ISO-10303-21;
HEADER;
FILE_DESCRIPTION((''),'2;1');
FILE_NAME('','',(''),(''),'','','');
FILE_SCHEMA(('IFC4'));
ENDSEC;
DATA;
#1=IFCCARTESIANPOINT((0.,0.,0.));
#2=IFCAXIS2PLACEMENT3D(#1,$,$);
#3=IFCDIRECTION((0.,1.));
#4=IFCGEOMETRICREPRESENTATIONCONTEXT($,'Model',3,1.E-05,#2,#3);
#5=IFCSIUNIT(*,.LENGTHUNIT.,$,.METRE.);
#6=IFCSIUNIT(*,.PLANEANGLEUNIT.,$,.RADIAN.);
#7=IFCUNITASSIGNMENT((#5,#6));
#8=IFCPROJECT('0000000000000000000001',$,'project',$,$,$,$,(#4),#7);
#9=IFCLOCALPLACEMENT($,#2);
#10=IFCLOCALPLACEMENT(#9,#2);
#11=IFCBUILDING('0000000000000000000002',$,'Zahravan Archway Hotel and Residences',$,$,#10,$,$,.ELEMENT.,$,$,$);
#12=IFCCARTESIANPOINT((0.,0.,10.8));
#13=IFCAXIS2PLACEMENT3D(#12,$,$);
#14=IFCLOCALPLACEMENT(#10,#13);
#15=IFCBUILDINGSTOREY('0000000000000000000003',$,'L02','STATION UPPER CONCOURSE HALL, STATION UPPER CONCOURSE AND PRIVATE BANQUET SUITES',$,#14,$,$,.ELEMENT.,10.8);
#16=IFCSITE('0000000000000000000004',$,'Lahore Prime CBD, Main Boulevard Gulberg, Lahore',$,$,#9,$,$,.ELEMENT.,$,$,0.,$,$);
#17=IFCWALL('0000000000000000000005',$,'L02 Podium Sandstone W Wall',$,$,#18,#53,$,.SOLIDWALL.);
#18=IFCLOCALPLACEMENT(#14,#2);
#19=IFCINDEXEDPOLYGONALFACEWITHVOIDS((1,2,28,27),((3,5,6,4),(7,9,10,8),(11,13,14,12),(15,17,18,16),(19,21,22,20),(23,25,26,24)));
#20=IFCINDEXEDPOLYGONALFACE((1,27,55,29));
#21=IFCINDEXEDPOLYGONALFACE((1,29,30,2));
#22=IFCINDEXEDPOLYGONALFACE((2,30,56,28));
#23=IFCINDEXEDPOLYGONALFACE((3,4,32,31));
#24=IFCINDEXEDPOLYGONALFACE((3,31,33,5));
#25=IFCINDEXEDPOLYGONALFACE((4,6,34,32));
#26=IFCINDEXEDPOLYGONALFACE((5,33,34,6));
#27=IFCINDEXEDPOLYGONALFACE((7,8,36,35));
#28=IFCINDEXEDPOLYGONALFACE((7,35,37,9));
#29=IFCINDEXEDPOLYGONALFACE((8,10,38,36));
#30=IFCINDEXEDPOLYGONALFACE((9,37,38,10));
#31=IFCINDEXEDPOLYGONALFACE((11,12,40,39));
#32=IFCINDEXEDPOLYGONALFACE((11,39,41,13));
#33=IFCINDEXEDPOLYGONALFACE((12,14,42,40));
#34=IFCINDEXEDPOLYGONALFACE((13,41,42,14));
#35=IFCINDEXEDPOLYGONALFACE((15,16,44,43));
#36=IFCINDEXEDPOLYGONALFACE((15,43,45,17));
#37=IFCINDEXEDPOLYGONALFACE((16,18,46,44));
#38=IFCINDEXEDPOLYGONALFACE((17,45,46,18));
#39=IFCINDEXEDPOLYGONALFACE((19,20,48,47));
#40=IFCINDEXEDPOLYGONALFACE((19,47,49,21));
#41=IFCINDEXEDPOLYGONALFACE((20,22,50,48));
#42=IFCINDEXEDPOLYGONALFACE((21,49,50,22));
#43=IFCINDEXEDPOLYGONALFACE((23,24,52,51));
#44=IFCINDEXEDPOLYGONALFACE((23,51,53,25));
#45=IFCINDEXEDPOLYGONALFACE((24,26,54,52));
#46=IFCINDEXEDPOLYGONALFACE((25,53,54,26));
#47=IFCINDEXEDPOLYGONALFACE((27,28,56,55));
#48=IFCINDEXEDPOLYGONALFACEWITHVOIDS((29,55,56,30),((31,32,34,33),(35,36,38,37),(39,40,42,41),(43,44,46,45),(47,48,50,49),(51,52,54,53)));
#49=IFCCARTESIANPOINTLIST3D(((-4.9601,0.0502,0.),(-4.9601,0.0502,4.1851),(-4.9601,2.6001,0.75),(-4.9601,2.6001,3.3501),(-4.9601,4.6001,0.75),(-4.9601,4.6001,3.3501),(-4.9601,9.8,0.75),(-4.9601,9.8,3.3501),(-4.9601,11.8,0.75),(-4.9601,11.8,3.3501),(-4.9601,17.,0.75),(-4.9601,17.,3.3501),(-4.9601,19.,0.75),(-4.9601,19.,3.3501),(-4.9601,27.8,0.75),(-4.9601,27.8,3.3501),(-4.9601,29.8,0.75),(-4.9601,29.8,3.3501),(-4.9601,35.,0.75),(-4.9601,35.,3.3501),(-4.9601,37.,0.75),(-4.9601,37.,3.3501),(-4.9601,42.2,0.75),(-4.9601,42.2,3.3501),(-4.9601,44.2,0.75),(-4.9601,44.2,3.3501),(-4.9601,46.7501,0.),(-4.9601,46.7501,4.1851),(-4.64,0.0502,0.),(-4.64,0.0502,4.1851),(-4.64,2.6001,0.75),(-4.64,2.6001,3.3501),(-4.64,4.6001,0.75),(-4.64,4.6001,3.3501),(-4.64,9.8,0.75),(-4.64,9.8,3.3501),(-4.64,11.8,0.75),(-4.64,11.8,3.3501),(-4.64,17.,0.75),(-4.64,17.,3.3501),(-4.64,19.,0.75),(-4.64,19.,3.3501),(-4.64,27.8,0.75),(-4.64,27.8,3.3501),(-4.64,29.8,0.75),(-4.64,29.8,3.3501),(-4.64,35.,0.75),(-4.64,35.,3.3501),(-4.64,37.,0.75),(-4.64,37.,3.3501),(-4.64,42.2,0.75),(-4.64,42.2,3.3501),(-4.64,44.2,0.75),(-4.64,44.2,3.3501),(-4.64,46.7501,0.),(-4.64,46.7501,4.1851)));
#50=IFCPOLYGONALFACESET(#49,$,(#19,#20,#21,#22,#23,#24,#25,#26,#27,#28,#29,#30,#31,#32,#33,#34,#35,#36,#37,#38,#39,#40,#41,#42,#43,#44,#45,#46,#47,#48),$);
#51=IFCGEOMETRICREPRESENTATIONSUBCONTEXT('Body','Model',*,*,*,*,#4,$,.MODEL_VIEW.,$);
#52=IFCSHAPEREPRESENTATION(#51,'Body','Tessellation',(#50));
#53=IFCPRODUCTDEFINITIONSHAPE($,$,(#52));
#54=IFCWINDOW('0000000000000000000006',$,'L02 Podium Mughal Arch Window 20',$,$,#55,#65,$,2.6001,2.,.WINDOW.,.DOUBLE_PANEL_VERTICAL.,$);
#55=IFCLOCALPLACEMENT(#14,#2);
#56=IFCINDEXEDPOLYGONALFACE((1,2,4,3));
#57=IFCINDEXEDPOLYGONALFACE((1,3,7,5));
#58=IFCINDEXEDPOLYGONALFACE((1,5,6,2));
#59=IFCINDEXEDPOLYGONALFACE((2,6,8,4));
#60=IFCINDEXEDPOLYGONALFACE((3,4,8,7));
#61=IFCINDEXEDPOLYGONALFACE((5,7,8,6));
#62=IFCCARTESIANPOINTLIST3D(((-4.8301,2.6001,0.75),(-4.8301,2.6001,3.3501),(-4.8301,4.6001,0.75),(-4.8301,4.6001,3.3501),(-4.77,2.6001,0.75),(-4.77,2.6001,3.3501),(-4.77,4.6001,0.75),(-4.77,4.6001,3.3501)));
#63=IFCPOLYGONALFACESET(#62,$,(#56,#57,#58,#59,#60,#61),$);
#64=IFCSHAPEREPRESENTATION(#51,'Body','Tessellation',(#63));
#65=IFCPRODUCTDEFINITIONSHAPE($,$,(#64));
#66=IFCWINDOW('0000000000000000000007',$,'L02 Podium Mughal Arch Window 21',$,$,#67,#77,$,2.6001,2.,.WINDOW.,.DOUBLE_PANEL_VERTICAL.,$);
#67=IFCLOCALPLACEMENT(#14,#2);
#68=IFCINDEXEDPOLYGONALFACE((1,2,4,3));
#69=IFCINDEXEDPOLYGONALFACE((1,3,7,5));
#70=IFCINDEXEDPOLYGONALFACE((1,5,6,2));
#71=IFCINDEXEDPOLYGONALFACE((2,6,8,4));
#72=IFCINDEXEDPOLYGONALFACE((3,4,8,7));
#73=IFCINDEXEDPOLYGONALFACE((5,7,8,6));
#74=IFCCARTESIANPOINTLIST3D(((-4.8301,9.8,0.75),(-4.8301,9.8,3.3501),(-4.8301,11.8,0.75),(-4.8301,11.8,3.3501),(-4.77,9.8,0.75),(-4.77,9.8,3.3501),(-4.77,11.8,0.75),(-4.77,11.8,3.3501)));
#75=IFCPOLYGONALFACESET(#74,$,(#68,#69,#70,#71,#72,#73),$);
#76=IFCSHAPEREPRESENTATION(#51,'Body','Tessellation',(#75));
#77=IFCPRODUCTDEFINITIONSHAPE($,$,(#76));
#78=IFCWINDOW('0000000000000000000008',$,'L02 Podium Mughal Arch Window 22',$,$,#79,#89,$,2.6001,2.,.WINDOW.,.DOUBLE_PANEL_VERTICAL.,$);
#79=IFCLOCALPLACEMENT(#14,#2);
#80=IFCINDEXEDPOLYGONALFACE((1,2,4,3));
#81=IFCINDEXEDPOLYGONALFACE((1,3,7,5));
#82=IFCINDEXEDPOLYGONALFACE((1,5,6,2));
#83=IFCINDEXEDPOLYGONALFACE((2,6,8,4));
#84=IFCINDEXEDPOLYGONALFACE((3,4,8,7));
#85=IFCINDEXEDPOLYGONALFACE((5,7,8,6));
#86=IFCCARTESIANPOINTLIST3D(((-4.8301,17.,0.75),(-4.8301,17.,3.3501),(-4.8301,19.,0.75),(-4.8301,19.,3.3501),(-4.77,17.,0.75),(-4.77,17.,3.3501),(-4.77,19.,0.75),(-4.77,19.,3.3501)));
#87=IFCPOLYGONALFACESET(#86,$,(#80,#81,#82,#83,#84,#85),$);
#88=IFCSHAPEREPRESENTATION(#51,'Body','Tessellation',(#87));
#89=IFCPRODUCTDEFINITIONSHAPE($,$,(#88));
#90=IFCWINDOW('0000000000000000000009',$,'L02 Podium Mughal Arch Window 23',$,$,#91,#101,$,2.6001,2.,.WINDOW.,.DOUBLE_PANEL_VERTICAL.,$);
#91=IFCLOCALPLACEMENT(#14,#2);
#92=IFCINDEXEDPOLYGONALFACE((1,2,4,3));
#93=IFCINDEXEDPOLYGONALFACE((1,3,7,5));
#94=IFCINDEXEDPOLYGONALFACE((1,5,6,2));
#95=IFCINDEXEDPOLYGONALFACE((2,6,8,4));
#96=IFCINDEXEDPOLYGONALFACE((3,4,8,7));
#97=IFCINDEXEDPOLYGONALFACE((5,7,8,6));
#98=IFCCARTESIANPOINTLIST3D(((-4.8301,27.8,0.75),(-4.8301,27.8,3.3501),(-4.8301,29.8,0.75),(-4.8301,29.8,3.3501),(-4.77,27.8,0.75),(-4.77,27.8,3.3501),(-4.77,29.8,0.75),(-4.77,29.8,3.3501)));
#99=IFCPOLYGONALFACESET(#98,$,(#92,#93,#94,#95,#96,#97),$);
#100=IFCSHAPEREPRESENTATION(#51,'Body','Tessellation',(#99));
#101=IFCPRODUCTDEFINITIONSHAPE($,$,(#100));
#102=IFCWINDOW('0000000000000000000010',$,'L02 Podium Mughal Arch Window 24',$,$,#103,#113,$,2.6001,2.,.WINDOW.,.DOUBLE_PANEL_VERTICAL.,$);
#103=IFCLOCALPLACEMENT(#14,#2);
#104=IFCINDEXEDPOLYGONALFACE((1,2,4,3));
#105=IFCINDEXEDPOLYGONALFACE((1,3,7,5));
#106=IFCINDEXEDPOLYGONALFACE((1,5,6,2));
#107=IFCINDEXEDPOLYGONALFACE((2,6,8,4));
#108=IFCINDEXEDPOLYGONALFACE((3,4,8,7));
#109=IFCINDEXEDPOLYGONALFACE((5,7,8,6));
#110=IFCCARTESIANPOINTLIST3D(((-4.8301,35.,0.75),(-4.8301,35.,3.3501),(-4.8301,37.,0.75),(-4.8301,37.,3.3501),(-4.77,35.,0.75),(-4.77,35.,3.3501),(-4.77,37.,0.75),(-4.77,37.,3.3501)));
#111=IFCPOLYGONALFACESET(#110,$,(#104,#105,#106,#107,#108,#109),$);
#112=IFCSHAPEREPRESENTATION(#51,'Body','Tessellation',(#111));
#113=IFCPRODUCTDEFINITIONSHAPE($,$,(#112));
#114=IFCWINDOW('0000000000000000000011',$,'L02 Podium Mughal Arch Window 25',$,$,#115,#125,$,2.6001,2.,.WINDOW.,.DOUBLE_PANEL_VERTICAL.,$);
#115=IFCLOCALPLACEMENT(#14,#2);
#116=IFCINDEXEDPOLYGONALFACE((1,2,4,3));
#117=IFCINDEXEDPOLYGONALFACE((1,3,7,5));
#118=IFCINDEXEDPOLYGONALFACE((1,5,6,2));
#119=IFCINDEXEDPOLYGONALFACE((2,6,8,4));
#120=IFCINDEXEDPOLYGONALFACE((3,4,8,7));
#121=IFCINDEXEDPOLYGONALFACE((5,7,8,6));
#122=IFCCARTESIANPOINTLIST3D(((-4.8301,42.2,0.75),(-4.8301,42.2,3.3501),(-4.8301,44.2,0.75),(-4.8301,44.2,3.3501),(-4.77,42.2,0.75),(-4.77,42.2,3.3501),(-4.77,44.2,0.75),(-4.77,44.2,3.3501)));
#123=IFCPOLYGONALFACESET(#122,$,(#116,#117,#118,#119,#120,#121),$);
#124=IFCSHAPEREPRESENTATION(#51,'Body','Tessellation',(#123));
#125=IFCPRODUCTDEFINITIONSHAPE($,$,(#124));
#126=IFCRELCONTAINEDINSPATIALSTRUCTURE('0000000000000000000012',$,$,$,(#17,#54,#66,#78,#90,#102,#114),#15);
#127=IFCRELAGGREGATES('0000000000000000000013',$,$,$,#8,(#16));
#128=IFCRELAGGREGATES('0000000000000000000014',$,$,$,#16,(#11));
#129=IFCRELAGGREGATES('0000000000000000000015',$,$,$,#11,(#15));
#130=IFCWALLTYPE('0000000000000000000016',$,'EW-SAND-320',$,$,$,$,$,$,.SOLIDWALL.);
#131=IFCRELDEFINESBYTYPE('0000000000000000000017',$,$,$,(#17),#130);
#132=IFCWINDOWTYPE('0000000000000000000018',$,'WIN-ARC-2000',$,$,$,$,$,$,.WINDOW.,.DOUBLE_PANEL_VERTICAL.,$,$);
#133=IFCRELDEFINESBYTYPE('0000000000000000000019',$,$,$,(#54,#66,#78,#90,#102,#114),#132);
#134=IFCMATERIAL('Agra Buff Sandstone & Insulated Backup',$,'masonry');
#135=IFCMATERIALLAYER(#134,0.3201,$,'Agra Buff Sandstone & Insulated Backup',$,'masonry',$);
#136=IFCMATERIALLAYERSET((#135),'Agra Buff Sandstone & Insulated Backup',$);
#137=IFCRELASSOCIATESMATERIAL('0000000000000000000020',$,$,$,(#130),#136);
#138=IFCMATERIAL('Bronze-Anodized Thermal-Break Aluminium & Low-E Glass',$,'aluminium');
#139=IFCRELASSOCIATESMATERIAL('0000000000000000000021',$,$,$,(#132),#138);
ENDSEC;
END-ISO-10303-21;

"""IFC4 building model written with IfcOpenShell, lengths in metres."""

from ifc_helpers import new_model, si_unit, direction, frame, frame_2d, origin, place, context, subcontext, project, spatial, rectangle, extrude, source, transform, mapped, material, layer, layer_set, type_object, type_shapes, element, fill, save


model = new_model("IFC4")

# Units and contexts
model_context = context("Model", 3, precision=1e-05, world=origin(), true_north=direction((0.0, 1.0)))
body_context = subcontext(model_context, "Body", "Model", "MODEL_VIEW")
ifc_project = project(units=[si_unit("LENGTHUNIT", "METRE"), si_unit("PLANEANGLEUNIT", "RADIAN")], contexts=[model_context])

# Site, building, storey
site_placement = place(None, origin())
site = spatial("IfcSite", under=ifc_project, at=site_placement, Name="Lahore Prime CBD, Main Boulevard Gulberg, Lahore", CompositionType="ELEMENT", RefElevation=0.0)
building_placement = place(site_placement, origin())
building = spatial("IfcBuilding", under=site, at=building_placement, Name="Zahravan Archway Hotel and Residences", CompositionType="ELEMENT")
storey_placement = place(building_placement, frame((0.0, 0.0, 10.8)))
storey = spatial("IfcBuildingStorey", under=building, at=storey_placement, Name="L02", Description="STATION UPPER CONCOURSE HALL, STATION UPPER CONCOURSE AND PRIVATE BANQUET SUITES", CompositionType="ELEMENT", Elevation=10.8)

# Wall, openings, windows
ifc_material_1 = material(Name="Agra Buff Sandstone & Insulated Backup", Category="masonry")
ifc_layer_1 = layer(ifc_material_1, 0.3201, Name="Agra Buff Sandstone & Insulated Backup", Category="masonry")
ifc_layer_set_1 = layer_set([ifc_layer_1], Name="Agra Buff Sandstone & Insulated Backup")
wall_type = type_object("IfcWallType", Name="EW-SAND-320", PredefinedType="SOLIDWALL", material=ifc_layer_set_1)
ifc_material_2 = material(Name="Bronze-Anodized Thermal-Break Aluminium & Low-E Glass", Category="aluminium")
window_type = type_object("IfcWindowType", Name="WIN-ARC-2000", PartitioningType="DOUBLE_PANEL_VERTICAL", PredefinedType="WINDOW", material=ifc_material_2)
shared_shape_1 = source(origin(), body_context, "Body", "SweptSolid", [
    extrude(rectangle(XDim=2.0, YDim=2.6001, at=frame_2d((1.0, 1.3))), frame((0.0, 0.03, 0.0), z_axis=(0.0, -1.0, 0.0), x_axis=(1.0, 0.0, 0.0)), (0.0, 0.0, 1.0), 0.0601),
])
type_shapes(window_type, [shared_shape_1])
wall_1_placement = place(storey_placement, frame((-4.8, 0.05, 0.0), z_axis=(0.0, 0.0, 1.0), x_axis=(0.0, 1.0, 0.0)))
wall_1 = element("IfcWall", 1, at=wall_1_placement, inside=storey, type_object=wall_type, Name="L02 Podium Sandstone W Wall", PredefinedType="SOLIDWALL", context=body_context, shape_type="SweptSolid", body=[
    extrude(rectangle(XDim=46.7, YDim=0.3201, at=frame_2d((23.3501, 0.0))), origin(), (0.0, 0.0, 1.0), 4.1851),
])
opening_1_placement = place(wall_1_placement, frame((2.55, 0.0, 0.75)))
opening_1 = element("IfcOpeningElement", 2, at=opening_1_placement, cuts=wall_1, PredefinedType="OPENING", context=body_context, shape_type="SweptSolid", body=[
    extrude(rectangle(XDim=2.0, YDim=2.6001, at=frame_2d((1.0, 1.3))), frame((0.0, 0.1699, 0.0), z_axis=(0.0, -1.0, 0.0), x_axis=(1.0, 0.0, 0.0)), (0.0, 0.0, 1.0), 0.3401),
])
opening_2_placement = place(wall_1_placement, frame((9.75, 0.0, 0.75)))
opening_2 = element("IfcOpeningElement", 3, at=opening_2_placement, cuts=wall_1, PredefinedType="OPENING", context=body_context, shape_type="SweptSolid", body=[
    extrude(rectangle(XDim=2.0, YDim=2.6001, at=frame_2d((1.0, 1.3))), frame((0.0, 0.1699, 0.0), z_axis=(0.0, -1.0, 0.0), x_axis=(1.0, 0.0, 0.0)), (0.0, 0.0, 1.0), 0.3401),
])
opening_3_placement = place(wall_1_placement, frame((16.95, 0.0, 0.75)))
opening_3 = element("IfcOpeningElement", 4, at=opening_3_placement, cuts=wall_1, PredefinedType="OPENING", context=body_context, shape_type="SweptSolid", body=[
    extrude(rectangle(XDim=2.0, YDim=2.6001, at=frame_2d((1.0, 1.3))), frame((0.0, 0.1699, 0.0), z_axis=(0.0, -1.0, 0.0), x_axis=(1.0, 0.0, 0.0)), (0.0, 0.0, 1.0), 0.3401),
])
opening_4_placement = place(wall_1_placement, frame((27.75, 0.0, 0.75)))
opening_4 = element("IfcOpeningElement", 5, at=opening_4_placement, cuts=wall_1, PredefinedType="OPENING", context=body_context, shape_type="SweptSolid", body=[
    extrude(rectangle(XDim=2.0, YDim=2.6001, at=frame_2d((1.0, 1.3))), frame((0.0, 0.1699, 0.0), z_axis=(0.0, -1.0, 0.0), x_axis=(1.0, 0.0, 0.0)), (0.0, 0.0, 1.0), 0.3401),
])
opening_5_placement = place(wall_1_placement, frame((34.95, 0.0, 0.75)))
opening_5 = element("IfcOpeningElement", 6, at=opening_5_placement, cuts=wall_1, PredefinedType="OPENING", context=body_context, shape_type="SweptSolid", body=[
    extrude(rectangle(XDim=2.0, YDim=2.6001, at=frame_2d((1.0, 1.3))), frame((0.0, 0.1699, 0.0), z_axis=(0.0, -1.0, 0.0), x_axis=(1.0, 0.0, 0.0)), (0.0, 0.0, 1.0), 0.3401),
])
opening_6_placement = place(wall_1_placement, frame((42.1499, 0.0, 0.75)))
opening_6 = element("IfcOpeningElement", 7, at=opening_6_placement, cuts=wall_1, PredefinedType="OPENING", context=body_context, shape_type="SweptSolid", body=[
    extrude(rectangle(XDim=2.0, YDim=2.6001, at=frame_2d((1.0, 1.3))), frame((0.0, 0.1699, 0.0), z_axis=(0.0, -1.0, 0.0), x_axis=(1.0, 0.0, 0.0)), (0.0, 0.0, 1.0), 0.3401),
])
window_1_placement = place(opening_1_placement, origin())
window_1 = element("IfcWindow", 8, at=window_1_placement, inside=storey, type_object=window_type, Name="L02 Podium Mughal Arch Window 20", OverallHeight=2.6001, OverallWidth=2.0, PartitioningType="DOUBLE_PANEL_VERTICAL", PredefinedType="WINDOW", context=body_context, shape_type="MappedRepresentation", body=[
    mapped(shared_shape_1, transform((0.0, 0.0, 0.0), scale=1.0)),
])
fill(opening_1, window_1)
window_2_placement = place(opening_2_placement, origin())
window_2 = element("IfcWindow", 9, at=window_2_placement, inside=storey, type_object=window_type, Name="L02 Podium Mughal Arch Window 21", OverallHeight=2.6001, OverallWidth=2.0, PartitioningType="DOUBLE_PANEL_VERTICAL", PredefinedType="WINDOW", context=body_context, shape_type="MappedRepresentation", body=[
    mapped(shared_shape_1, transform((0.0, 0.0, 0.0), scale=1.0)),
])
fill(opening_2, window_2)
window_3_placement = place(opening_3_placement, origin())
window_3 = element("IfcWindow", 10, at=window_3_placement, inside=storey, type_object=window_type, Name="L02 Podium Mughal Arch Window 22", OverallHeight=2.6001, OverallWidth=2.0, PartitioningType="DOUBLE_PANEL_VERTICAL", PredefinedType="WINDOW", context=body_context, shape_type="MappedRepresentation", body=[
    mapped(shared_shape_1, transform((0.0, 0.0, 0.0), scale=1.0)),
])
fill(opening_3, window_3)
window_4_placement = place(opening_4_placement, origin())
window_4 = element("IfcWindow", 11, at=window_4_placement, inside=storey, type_object=window_type, Name="L02 Podium Mughal Arch Window 23", OverallHeight=2.6001, OverallWidth=2.0, PartitioningType="DOUBLE_PANEL_VERTICAL", PredefinedType="WINDOW", context=body_context, shape_type="MappedRepresentation", body=[
    mapped(shared_shape_1, transform((0.0, 0.0, 0.0), scale=1.0)),
])
fill(opening_4, window_4)
window_5_placement = place(opening_5_placement, origin())
window_5 = element("IfcWindow", 12, at=window_5_placement, inside=storey, type_object=window_type, Name="L02 Podium Mughal Arch Window 24", OverallHeight=2.6001, OverallWidth=2.0, PartitioningType="DOUBLE_PANEL_VERTICAL", PredefinedType="WINDOW", context=body_context, shape_type="MappedRepresentation", body=[
    mapped(shared_shape_1, transform((0.0, 0.0, 0.0), scale=1.0)),
])
fill(opening_5, window_5)
window_6_placement = place(opening_6_placement, origin())
window_6 = element("IfcWindow", 13, at=window_6_placement, inside=storey, type_object=window_type, Name="L02 Podium Mughal Arch Window 25", OverallHeight=2.6001, OverallWidth=2.0, PartitioningType="DOUBLE_PANEL_VERTICAL", PredefinedType="WINDOW", context=body_context, shape_type="MappedRepresentation", body=[
    mapped(shared_shape_1, transform((0.0, 0.0, 0.0), scale=1.0)),
])
fill(opening_6, window_6)

save(model, "model.ifc")
